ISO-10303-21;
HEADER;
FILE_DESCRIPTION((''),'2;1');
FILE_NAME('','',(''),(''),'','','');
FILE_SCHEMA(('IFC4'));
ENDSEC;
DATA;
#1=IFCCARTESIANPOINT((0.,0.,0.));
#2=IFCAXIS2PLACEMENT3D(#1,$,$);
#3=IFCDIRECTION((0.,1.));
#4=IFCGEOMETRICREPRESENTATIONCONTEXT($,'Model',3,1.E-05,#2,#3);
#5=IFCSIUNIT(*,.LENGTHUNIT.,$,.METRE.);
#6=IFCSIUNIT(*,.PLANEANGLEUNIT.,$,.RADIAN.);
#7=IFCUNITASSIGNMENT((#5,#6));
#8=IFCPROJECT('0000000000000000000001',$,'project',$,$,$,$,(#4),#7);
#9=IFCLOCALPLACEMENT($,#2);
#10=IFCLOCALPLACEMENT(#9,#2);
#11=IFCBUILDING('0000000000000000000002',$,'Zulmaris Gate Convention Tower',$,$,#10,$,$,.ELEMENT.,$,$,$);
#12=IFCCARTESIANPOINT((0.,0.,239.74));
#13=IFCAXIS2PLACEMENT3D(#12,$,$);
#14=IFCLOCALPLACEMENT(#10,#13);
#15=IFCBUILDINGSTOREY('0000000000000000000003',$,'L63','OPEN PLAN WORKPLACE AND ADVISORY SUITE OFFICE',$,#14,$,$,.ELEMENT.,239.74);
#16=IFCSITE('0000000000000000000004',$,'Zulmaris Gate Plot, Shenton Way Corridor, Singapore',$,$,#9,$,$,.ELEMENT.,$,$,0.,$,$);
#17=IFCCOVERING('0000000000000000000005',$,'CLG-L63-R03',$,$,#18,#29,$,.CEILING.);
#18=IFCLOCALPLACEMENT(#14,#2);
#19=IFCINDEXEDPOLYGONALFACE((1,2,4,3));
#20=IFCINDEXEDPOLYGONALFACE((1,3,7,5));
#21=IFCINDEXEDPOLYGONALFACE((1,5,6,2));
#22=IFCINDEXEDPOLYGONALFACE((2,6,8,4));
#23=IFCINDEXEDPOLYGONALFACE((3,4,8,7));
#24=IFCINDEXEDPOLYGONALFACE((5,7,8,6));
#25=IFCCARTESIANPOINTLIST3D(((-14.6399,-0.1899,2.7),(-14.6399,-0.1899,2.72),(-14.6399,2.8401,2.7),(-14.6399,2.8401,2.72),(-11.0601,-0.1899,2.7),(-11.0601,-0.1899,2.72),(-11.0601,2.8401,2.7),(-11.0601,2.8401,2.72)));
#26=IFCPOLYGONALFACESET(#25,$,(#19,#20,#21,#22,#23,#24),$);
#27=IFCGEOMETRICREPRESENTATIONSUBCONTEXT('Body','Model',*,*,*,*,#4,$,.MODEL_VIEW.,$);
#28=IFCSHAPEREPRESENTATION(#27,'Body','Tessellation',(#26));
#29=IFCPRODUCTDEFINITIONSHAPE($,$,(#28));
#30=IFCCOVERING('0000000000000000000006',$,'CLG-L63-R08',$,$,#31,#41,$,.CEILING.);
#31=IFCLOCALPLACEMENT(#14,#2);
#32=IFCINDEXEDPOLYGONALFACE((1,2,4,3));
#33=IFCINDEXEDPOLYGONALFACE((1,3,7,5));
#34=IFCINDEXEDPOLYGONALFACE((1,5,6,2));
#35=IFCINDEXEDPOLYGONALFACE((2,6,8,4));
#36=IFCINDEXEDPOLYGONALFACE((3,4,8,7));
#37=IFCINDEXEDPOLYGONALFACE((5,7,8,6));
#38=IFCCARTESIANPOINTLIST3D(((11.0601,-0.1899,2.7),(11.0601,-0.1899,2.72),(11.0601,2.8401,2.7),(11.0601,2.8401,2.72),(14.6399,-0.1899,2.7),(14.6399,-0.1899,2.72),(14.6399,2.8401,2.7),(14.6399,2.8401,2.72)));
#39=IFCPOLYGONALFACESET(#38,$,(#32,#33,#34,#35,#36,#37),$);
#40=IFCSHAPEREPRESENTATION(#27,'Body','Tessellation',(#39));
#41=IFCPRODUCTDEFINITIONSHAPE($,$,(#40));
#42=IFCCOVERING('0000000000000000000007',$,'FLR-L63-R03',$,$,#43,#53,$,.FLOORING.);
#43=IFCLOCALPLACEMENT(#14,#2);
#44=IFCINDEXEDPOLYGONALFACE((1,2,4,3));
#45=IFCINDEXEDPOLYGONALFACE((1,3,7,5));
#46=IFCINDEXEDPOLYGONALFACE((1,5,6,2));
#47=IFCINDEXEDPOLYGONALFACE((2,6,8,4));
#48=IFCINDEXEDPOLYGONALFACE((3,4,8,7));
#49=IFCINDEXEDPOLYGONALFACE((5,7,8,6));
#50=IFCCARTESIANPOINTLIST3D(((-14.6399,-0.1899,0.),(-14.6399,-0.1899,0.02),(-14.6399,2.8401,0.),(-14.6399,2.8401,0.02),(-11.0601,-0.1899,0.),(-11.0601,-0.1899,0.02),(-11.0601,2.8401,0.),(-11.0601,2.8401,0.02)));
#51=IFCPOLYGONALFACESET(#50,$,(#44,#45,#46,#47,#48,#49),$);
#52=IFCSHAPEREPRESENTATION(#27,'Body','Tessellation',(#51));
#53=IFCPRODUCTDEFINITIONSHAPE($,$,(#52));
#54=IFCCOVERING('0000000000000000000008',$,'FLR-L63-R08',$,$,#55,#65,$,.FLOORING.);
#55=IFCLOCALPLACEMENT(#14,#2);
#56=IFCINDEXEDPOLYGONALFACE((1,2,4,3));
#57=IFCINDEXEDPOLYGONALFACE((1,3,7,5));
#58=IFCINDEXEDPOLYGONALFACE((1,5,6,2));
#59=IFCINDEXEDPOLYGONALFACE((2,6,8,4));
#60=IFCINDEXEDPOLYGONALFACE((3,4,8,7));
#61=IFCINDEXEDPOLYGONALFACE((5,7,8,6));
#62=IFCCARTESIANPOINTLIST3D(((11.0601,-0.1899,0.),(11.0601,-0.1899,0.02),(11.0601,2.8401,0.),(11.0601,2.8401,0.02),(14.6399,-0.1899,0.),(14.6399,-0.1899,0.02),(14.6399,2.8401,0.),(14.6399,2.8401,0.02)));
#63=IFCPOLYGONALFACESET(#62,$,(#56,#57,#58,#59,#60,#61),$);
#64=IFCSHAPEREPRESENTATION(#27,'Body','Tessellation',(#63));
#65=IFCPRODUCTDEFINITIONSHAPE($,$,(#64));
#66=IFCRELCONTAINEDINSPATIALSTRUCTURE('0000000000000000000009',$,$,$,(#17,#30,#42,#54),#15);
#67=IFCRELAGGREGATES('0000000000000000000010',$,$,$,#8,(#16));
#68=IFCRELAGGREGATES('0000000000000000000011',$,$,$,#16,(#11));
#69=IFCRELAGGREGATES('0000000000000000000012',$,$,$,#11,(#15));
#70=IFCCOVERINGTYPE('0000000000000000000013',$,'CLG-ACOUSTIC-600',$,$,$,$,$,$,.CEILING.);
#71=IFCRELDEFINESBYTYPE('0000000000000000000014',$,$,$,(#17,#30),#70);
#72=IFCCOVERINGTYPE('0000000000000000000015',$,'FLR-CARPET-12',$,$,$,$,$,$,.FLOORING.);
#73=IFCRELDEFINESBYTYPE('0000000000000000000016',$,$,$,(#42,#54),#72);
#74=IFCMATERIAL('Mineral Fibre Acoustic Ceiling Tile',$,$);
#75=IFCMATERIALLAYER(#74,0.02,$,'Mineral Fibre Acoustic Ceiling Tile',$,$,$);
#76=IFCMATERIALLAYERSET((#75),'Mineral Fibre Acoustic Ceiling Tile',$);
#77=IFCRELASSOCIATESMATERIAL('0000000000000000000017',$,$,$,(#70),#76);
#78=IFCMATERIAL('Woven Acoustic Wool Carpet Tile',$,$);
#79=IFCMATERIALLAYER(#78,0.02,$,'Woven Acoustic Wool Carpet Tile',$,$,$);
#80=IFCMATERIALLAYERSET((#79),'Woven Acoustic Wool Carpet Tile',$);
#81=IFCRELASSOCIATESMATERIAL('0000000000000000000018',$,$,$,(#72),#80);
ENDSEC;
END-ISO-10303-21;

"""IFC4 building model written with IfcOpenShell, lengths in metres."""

from ifc_helpers import new_model, si_unit, direction, frame, origin, place, context, subcontext, project, spatial, polyline, outline, extrude, material, layer, layer_set, type_object, element, save


model = new_model("IFC4")

# Units and contexts
model_context = context("Model", 3, precision=1e-05, world=origin(), true_north=direction((0.0, 1.0)))
body_context = subcontext(model_context, "Body", "Model", "MODEL_VIEW")
ifc_project = project(units=[si_unit("LENGTHUNIT", "METRE"), si_unit("PLANEANGLEUNIT", "RADIAN")], contexts=[model_context])

# Site, building, storey
site_placement = place(None, origin())
site = spatial("IfcSite", under=ifc_project, at=site_placement, Name="Zulmaris Gate Plot, Shenton Way Corridor, Singapore", CompositionType="ELEMENT", RefElevation=0.0)
building_placement = place(site_placement, origin())
building = spatial("IfcBuilding", under=site, at=building_placement, Name="Zulmaris Gate Convention Tower", CompositionType="ELEMENT")
storey_placement = place(building_placement, frame((0.0, 0.0, 239.74)))
storey = spatial("IfcBuildingStorey", under=building, at=storey_placement, Name="L63", Description="OPEN PLAN WORKPLACE AND ADVISORY SUITE OFFICE", CompositionType="ELEMENT", Elevation=239.74)

# Coverings
ifc_material_1 = material(Name="Mineral Fibre Acoustic Ceiling Tile")
ifc_layer_1 = layer(ifc_material_1, 0.02, Name="Mineral Fibre Acoustic Ceiling Tile")
ifc_layer_set_1 = layer_set([ifc_layer_1], Name="Mineral Fibre Acoustic Ceiling Tile")
covering_type_1 = type_object("IfcCoveringType", Name="CLG-ACOUSTIC-600", PredefinedType="CEILING", material=ifc_layer_set_1)
covering_1_placement = place(storey_placement, frame((0.0, 0.0, 2.7)))
element("IfcCovering", 1, at=covering_1_placement, inside=storey, type_object=covering_type_1, Name="CLG-L63-R03", PredefinedType="CEILING", context=body_context, shape_type="SweptSolid", body=[
    extrude(outline(polyline([(-14.6399, -0.1899), (-11.0601, -0.1899), (-11.0601, 2.8401), (-14.6399, 2.8401), (-14.6399, -0.1899)])), origin(), (0.0, 0.0, 1.0), 0.02),
])
covering_2_placement = place(storey_placement, frame((0.0, 0.0, 2.7)))
element("IfcCovering", 2, at=covering_2_placement, inside=storey, type_object=covering_type_1, Name="CLG-L63-R08", PredefinedType="CEILING", context=body_context, shape_type="SweptSolid", body=[
    extrude(outline(polyline([(11.0601, -0.1899), (14.6399, -0.1899), (14.6399, 2.8401), (11.0601, 2.8401), (11.0601, -0.1899)])), origin(), (0.0, 0.0, 1.0), 0.02),
])
ifc_material_2 = material(Name="Woven Acoustic Wool Carpet Tile")
ifc_layer_2 = layer(ifc_material_2, 0.02, Name="Woven Acoustic Wool Carpet Tile")
ifc_layer_set_2 = layer_set([ifc_layer_2], Name="Woven Acoustic Wool Carpet Tile")
covering_type_2 = type_object("IfcCoveringType", Name="FLR-CARPET-12", PredefinedType="FLOORING", material=ifc_layer_set_2)
covering_3_placement = place(storey_placement, origin())
element("IfcCovering", 3, at=covering_3_placement, inside=storey, type_object=covering_type_2, Name="FLR-L63-R03", PredefinedType="FLOORING", context=body_context, shape_type="SweptSolid", body=[
    extrude(outline(polyline([(-14.6399, -0.1899), (-11.0601, -0.1899), (-11.0601, 2.8401), (-14.6399, 2.8401), (-14.6399, -0.1899)])), origin(), (0.0, 0.0, 1.0), 0.02),
])
covering_4_placement = place(storey_placement, origin())
element("IfcCovering", 4, at=covering_4_placement, inside=storey, type_object=covering_type_2, Name="FLR-L63-R08", PredefinedType="FLOORING", context=body_context, shape_type="SweptSolid", body=[
    extrude(outline(polyline([(11.0601, -0.1899), (14.6399, -0.1899), (14.6399, 2.8401), (11.0601, 2.8401), (11.0601, -0.1899)])), origin(), (0.0, 0.0, 1.0), 0.02),
])

save(model, "model.ifc")
